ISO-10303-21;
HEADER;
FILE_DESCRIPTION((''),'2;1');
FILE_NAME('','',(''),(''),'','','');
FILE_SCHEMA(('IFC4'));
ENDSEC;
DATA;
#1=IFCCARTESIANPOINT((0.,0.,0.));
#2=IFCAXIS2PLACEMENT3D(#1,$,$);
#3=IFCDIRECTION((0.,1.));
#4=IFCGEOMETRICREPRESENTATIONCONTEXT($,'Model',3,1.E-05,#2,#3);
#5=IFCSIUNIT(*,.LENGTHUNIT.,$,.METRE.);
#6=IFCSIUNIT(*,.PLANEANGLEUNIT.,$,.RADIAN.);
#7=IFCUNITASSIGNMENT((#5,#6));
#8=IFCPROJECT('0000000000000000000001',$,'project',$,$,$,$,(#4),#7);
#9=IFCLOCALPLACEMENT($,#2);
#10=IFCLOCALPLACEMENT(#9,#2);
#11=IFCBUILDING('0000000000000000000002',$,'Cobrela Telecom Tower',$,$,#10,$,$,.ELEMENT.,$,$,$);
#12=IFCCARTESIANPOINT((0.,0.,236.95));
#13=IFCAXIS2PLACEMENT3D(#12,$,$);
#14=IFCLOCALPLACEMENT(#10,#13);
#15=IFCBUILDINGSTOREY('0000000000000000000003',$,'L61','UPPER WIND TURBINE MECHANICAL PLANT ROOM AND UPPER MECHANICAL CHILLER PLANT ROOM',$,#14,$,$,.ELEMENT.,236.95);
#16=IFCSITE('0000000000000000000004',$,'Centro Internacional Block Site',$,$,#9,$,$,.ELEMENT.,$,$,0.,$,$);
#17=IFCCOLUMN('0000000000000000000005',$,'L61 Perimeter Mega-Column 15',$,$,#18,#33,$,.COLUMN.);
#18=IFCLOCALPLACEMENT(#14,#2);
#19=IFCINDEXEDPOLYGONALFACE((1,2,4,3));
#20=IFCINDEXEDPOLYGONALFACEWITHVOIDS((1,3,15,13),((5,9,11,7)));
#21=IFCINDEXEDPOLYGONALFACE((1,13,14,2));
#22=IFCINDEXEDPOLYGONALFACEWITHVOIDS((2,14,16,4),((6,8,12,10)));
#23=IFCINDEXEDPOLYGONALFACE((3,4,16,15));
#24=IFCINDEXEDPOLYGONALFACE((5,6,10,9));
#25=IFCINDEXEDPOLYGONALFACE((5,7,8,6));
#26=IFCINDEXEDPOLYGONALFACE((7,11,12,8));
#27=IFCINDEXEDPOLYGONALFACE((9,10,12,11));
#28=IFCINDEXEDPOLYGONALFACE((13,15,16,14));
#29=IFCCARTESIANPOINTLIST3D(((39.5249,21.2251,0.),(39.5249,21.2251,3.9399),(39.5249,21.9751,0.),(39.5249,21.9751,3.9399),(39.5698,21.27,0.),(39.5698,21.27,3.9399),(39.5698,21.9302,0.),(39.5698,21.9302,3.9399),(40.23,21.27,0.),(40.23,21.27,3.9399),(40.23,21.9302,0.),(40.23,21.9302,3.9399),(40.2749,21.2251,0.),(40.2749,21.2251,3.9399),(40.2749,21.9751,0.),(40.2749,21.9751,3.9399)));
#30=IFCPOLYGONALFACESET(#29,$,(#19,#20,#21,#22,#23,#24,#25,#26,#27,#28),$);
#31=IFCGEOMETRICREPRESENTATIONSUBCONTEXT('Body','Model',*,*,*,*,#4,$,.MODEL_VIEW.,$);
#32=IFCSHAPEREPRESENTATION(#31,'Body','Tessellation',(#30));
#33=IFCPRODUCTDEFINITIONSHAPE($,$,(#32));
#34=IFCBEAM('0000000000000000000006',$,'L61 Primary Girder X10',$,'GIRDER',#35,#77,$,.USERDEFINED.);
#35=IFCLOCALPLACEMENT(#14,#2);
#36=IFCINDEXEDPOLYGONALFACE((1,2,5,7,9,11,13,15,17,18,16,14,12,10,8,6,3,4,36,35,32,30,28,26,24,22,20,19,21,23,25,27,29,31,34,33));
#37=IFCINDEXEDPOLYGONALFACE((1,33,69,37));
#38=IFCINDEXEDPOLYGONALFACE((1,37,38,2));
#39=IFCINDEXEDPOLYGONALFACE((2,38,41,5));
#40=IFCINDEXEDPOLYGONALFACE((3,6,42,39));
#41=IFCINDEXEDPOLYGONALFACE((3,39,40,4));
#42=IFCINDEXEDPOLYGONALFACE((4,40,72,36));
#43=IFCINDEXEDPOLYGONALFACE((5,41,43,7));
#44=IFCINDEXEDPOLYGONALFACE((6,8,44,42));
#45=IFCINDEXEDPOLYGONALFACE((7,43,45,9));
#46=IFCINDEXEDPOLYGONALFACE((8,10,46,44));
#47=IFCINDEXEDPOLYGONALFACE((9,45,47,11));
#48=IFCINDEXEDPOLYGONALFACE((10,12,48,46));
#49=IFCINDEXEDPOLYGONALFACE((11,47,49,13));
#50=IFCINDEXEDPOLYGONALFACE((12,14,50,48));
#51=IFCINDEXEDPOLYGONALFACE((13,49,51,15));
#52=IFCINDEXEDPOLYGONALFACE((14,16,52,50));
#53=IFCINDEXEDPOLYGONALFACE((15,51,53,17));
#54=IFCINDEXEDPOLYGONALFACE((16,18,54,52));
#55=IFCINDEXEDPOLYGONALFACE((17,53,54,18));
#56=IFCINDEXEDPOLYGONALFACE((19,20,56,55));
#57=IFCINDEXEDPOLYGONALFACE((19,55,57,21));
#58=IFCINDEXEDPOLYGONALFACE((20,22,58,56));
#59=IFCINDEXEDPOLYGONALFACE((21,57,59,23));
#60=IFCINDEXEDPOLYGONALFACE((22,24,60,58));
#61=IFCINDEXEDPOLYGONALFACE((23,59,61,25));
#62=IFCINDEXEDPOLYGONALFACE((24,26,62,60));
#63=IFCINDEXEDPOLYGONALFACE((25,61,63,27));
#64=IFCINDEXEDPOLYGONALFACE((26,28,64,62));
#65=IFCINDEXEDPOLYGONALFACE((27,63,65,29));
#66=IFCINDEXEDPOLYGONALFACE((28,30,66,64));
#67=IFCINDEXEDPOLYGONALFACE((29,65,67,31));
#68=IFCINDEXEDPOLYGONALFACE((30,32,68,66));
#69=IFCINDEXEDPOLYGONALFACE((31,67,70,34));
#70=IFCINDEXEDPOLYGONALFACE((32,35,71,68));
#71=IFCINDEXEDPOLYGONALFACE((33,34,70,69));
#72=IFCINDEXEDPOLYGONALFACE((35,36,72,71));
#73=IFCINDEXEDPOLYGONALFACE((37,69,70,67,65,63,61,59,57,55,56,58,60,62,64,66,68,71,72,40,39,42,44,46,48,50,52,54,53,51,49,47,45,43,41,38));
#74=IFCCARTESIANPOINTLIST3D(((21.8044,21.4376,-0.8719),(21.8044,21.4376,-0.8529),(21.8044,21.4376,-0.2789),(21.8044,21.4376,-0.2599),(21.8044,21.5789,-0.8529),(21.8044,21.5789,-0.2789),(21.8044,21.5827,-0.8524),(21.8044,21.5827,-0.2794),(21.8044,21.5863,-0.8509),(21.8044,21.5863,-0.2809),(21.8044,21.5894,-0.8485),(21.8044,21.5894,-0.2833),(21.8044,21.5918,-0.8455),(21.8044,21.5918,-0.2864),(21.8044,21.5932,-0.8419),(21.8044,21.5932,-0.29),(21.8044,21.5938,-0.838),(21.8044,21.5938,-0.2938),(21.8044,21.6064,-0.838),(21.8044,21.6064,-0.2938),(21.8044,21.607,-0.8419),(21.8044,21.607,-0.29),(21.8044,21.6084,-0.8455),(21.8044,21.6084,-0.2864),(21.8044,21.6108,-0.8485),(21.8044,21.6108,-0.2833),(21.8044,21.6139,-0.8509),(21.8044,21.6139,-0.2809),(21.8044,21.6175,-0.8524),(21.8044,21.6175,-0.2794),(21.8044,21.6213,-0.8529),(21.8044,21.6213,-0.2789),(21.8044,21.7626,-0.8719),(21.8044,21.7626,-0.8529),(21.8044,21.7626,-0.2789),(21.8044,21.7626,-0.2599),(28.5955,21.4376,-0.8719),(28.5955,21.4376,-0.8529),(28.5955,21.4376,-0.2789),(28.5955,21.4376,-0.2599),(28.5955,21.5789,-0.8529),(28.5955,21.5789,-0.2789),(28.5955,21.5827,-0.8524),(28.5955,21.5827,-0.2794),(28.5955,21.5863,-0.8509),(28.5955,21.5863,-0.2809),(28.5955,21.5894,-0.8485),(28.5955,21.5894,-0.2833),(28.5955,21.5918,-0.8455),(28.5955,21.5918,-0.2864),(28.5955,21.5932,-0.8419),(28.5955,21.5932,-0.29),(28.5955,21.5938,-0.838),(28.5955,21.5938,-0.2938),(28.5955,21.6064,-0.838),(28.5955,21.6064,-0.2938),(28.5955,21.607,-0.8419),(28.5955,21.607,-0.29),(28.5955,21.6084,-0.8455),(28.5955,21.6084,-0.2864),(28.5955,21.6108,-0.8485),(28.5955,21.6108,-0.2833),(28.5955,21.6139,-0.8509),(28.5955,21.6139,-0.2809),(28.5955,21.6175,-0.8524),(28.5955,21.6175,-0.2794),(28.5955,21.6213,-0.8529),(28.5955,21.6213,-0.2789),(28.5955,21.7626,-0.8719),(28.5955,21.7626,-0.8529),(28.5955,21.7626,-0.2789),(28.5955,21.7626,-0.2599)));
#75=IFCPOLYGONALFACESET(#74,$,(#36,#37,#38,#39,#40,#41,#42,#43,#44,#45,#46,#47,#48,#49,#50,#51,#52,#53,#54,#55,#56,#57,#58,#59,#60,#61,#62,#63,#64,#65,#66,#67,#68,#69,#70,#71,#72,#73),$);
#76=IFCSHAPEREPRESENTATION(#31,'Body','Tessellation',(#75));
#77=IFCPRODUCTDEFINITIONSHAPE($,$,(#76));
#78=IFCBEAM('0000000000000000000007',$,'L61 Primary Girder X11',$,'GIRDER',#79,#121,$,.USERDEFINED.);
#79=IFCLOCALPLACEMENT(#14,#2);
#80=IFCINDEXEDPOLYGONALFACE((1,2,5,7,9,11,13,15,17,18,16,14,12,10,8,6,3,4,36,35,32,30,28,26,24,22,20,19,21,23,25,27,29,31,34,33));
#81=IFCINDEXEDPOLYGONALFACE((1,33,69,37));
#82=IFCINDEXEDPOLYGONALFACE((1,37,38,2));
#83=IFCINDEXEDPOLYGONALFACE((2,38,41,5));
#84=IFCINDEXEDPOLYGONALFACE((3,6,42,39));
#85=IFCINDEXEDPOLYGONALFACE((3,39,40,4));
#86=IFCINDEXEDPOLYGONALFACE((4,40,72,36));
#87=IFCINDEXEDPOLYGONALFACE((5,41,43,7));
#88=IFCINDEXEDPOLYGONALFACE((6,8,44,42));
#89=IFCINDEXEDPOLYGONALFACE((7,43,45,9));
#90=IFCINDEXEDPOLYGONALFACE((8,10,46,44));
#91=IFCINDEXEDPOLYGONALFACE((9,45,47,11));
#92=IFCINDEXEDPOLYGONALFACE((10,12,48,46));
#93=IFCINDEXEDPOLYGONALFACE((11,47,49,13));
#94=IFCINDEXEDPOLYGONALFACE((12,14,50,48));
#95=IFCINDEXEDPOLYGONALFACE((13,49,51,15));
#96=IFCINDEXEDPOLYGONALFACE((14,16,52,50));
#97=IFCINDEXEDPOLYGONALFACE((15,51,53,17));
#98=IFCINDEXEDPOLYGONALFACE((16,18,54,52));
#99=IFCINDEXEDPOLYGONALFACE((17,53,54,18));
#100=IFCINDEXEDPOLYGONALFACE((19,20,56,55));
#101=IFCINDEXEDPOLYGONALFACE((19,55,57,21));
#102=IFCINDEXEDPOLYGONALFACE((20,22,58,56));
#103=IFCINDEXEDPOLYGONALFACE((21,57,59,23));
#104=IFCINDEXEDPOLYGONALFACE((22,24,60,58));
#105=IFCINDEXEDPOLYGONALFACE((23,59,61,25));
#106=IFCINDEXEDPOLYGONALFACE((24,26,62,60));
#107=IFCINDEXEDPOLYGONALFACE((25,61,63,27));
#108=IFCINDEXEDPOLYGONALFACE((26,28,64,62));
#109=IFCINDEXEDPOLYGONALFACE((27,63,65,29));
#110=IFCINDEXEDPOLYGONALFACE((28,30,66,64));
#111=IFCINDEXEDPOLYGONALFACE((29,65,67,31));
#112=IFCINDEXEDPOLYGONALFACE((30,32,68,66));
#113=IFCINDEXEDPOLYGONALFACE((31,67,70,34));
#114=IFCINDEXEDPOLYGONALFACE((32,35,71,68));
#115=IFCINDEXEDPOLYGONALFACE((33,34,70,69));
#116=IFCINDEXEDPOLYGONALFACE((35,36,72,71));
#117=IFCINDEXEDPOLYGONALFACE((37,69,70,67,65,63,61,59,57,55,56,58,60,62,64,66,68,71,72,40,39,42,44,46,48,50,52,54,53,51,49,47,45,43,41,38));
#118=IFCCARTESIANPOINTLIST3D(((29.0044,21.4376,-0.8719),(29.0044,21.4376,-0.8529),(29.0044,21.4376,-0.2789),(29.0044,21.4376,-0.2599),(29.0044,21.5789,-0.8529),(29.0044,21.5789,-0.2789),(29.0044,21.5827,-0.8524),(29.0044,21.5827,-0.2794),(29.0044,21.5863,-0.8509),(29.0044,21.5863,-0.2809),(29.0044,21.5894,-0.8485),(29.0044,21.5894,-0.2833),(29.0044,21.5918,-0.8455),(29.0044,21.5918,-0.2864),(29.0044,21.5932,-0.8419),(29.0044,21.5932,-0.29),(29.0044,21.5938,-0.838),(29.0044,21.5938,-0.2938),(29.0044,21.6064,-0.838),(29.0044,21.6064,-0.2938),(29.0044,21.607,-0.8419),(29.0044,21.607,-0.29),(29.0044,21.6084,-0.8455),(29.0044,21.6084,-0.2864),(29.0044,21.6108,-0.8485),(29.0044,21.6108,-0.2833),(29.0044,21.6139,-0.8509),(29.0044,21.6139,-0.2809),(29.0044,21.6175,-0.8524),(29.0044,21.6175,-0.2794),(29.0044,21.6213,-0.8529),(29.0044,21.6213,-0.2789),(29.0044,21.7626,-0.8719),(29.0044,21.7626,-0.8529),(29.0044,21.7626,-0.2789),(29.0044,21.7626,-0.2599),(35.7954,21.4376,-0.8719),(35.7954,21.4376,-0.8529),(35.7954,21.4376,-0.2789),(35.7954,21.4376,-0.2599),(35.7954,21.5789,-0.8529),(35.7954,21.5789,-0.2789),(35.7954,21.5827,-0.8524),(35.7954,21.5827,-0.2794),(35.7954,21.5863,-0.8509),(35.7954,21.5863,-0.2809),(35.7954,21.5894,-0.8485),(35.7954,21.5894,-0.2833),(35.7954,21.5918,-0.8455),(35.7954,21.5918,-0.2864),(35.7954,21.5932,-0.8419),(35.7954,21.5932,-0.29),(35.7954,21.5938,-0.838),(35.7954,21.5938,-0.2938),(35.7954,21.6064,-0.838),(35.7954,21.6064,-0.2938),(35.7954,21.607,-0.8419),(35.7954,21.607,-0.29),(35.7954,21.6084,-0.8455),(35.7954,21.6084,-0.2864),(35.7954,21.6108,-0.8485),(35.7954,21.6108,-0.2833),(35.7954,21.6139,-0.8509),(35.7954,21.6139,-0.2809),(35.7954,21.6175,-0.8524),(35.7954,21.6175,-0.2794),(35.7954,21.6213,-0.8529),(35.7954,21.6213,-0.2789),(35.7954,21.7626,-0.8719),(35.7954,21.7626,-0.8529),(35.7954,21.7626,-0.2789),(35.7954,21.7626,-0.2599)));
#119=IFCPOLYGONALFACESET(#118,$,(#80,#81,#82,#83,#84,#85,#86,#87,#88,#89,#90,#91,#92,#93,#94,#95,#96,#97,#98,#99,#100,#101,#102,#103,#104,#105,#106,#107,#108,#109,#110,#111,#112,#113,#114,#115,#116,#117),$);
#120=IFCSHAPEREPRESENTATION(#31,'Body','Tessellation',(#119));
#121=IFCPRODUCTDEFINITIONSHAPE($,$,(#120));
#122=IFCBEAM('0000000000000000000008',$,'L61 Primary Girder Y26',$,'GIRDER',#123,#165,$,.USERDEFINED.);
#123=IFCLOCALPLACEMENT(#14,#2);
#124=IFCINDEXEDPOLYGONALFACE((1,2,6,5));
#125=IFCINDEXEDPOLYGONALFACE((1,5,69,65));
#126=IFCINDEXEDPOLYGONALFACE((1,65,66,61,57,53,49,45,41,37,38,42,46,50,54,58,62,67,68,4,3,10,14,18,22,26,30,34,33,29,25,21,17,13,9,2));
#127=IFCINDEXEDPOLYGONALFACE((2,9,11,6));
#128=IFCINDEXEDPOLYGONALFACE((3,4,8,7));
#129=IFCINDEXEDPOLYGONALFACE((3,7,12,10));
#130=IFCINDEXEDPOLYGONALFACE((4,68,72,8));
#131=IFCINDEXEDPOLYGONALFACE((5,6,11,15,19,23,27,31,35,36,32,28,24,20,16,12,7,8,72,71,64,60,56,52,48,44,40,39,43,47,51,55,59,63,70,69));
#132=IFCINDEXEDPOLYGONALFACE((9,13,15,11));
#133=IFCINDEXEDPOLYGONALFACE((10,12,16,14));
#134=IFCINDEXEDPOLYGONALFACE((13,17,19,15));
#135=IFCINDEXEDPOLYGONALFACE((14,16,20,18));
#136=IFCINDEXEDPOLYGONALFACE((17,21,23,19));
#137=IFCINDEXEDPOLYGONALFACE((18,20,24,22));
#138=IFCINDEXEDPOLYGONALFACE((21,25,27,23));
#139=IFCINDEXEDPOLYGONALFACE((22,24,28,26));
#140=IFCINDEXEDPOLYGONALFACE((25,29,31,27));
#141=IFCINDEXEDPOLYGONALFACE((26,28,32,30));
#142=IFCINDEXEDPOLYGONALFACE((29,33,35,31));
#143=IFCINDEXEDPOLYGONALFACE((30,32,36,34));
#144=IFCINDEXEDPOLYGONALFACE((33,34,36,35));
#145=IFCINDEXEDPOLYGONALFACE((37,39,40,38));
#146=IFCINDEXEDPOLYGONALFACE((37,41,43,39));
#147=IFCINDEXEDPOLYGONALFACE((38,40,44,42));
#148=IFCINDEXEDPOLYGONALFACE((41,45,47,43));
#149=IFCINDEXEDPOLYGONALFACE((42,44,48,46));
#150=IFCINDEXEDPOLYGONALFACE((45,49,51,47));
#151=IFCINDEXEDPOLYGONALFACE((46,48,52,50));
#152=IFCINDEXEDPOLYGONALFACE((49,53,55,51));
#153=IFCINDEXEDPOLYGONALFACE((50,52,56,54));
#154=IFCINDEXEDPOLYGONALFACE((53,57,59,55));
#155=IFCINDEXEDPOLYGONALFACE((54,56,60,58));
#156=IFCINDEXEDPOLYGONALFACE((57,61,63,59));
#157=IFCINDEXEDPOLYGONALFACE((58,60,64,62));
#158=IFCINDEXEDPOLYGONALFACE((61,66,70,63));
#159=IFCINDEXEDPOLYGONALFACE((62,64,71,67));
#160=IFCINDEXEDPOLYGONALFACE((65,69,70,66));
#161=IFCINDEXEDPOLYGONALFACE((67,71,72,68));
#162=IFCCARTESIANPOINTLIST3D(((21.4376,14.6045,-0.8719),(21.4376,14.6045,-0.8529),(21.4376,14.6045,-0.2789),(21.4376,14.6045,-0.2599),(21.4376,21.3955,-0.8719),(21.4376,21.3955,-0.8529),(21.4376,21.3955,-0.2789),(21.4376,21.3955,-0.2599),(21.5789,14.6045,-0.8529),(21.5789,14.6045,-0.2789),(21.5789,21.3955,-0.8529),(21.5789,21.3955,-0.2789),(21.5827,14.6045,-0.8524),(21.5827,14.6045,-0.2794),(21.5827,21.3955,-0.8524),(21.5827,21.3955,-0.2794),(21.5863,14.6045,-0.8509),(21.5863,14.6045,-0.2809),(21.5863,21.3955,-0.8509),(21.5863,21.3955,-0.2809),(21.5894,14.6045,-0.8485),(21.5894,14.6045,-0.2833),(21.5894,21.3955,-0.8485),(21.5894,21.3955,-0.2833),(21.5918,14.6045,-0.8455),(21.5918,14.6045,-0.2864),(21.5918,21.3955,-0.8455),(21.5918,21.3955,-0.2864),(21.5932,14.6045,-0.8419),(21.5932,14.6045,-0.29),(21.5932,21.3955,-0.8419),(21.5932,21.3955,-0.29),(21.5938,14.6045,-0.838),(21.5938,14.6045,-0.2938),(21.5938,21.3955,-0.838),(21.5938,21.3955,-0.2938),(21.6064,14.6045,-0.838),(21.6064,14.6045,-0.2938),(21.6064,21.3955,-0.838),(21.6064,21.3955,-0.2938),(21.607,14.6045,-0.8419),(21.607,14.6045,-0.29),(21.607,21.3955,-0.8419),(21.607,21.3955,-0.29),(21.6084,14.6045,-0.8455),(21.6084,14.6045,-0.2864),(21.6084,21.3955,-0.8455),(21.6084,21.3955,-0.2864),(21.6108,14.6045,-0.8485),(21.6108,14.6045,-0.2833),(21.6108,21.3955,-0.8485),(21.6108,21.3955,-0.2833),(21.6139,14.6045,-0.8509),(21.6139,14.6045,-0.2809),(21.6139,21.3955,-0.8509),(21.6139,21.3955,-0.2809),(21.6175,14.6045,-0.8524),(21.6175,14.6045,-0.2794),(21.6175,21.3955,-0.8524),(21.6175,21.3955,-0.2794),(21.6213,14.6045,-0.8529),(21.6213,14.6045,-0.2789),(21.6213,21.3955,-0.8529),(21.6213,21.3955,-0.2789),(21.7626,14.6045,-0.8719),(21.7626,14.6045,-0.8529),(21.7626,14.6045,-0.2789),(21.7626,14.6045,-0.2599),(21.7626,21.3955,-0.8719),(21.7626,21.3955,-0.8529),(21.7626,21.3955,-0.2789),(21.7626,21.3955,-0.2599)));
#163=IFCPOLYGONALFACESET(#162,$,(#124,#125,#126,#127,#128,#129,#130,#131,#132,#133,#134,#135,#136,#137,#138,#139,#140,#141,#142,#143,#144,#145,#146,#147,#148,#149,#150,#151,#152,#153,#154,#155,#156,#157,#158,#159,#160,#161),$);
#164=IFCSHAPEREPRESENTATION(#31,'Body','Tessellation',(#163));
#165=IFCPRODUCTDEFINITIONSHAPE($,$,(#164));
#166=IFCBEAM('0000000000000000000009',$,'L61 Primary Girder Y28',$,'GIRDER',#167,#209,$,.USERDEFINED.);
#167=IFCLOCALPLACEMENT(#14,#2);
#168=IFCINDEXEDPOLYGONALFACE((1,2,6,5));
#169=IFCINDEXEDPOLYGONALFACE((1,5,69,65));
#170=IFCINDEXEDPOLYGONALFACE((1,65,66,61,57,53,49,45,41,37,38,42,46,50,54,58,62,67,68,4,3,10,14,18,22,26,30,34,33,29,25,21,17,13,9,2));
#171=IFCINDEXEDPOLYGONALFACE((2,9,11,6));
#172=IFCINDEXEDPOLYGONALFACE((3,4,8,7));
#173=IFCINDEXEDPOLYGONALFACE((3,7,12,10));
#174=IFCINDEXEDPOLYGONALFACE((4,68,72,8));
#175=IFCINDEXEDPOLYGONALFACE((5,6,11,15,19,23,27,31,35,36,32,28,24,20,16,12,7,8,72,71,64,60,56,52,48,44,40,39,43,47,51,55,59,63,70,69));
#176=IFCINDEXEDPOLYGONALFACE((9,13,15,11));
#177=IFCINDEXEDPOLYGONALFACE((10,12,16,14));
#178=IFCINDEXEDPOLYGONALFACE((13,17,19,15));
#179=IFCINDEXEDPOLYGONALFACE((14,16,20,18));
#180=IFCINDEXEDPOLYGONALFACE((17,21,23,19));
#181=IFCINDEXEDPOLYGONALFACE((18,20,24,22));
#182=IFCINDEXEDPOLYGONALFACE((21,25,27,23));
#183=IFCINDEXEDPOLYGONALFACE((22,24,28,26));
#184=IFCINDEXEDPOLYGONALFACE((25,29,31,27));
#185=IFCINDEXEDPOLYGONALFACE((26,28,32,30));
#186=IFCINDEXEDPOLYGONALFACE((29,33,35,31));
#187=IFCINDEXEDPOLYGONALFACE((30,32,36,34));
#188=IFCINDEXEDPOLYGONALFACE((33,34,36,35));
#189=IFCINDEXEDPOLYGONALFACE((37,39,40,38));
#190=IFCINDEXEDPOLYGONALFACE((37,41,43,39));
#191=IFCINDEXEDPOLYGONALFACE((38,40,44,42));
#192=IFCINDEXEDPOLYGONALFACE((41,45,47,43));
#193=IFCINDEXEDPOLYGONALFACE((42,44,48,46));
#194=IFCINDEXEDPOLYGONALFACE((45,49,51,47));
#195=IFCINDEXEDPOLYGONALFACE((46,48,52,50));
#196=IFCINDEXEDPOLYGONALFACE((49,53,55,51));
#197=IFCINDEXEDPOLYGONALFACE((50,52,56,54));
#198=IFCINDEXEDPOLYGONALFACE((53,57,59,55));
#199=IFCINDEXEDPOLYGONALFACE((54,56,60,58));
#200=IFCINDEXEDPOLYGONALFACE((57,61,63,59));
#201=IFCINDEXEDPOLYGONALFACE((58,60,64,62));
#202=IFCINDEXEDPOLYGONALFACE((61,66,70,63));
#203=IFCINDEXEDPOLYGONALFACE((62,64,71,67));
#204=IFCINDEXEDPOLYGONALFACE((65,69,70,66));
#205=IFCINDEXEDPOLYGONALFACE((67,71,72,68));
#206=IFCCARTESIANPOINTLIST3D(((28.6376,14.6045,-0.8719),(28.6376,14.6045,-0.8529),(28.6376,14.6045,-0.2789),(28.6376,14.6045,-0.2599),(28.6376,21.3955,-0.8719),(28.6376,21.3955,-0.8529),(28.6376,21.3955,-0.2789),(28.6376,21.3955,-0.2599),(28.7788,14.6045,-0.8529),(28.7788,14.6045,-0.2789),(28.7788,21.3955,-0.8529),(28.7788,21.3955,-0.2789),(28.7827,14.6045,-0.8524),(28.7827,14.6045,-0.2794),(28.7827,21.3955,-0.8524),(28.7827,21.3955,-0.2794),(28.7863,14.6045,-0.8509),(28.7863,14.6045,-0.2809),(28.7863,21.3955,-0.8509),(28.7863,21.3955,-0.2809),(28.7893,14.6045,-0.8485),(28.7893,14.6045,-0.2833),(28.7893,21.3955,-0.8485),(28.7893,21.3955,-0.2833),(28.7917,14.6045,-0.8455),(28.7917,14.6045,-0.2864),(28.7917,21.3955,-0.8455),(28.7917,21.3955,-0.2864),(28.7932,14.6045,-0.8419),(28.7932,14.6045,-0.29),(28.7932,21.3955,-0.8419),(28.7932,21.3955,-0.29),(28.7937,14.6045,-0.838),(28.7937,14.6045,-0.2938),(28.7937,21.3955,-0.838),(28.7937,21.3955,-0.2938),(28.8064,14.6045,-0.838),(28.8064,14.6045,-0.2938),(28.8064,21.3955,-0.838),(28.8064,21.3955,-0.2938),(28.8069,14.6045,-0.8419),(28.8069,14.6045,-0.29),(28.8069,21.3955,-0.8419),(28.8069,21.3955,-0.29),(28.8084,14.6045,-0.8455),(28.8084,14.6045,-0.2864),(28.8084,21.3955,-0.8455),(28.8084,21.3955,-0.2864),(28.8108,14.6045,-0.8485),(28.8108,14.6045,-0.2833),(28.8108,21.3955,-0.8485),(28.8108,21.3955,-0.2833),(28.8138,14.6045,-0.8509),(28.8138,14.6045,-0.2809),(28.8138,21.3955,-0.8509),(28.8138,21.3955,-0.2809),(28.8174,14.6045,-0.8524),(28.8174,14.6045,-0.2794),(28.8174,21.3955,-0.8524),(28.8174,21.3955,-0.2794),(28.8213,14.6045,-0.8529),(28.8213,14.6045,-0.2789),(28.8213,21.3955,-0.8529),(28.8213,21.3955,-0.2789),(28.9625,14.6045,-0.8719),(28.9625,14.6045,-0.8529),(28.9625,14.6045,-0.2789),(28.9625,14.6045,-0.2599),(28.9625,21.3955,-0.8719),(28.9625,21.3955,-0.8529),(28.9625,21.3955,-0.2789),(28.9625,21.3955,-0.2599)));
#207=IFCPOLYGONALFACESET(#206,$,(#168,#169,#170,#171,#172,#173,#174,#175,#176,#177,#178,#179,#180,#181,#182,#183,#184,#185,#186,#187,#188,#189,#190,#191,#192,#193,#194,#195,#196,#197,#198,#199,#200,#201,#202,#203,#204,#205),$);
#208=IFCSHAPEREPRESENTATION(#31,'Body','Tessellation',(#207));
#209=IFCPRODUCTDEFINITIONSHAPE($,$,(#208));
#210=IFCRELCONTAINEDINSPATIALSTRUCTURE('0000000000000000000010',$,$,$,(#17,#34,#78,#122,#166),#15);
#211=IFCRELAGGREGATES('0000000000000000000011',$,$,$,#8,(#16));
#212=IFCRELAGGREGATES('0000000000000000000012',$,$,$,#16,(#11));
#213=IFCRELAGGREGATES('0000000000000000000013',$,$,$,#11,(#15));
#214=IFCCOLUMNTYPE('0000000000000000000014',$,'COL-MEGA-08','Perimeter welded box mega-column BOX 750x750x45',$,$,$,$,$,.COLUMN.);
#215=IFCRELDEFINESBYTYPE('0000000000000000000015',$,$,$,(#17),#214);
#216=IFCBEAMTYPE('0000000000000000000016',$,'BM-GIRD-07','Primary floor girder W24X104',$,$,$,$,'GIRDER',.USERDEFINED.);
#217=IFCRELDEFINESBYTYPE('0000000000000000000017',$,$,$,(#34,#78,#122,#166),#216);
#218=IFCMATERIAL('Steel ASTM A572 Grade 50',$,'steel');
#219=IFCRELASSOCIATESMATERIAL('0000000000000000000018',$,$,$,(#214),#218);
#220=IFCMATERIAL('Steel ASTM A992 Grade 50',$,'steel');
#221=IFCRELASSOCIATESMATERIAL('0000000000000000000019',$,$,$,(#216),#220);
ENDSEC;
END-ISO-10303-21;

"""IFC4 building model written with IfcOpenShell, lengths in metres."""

from ifc_helpers import new_model, si_unit, direction, frame, origin, origin_2d, place, context, subcontext, project, spatial, hollow_rectangle, i_section, extrude, material, material_profile, profile_set, type_object, element, save


model = new_model("IFC4")

# Units and contexts
model_context = context("Model", 3, precision=1e-05, world=origin(), true_north=direction((0.0, 1.0)))
body_context = subcontext(model_context, "Body", "Model", "MODEL_VIEW")
ifc_project = project(units=[si_unit("LENGTHUNIT", "METRE"), si_unit("PLANEANGLEUNIT", "RADIAN")], contexts=[model_context])

# Site, building, storey
site_placement = place(None, origin())
site = spatial("IfcSite", under=ifc_project, at=site_placement, Name="Centro Internacional Block Site", CompositionType="ELEMENT", RefElevation=0.0)
building_placement = place(site_placement, origin())
building = spatial("IfcBuilding", under=site, at=building_placement, Name="Cobrela Telecom Tower", CompositionType="ELEMENT")
storey_placement = place(building_placement, frame((0.0, 0.0, 236.95)))
storey = spatial("IfcBuildingStorey", under=building, at=storey_placement, Name="L61", Description="UPPER WIND TURBINE MECHANICAL PLANT ROOM AND UPPER MECHANICAL CHILLER PLANT ROOM", CompositionType="ELEMENT", Elevation=236.95)

# Column
ifc_material_1 = material(Name="Steel ASTM A572 Grade 50", Category="steel")
ifc_material_2 = material(Name="Steel ASTM A992 Grade 50", Category="steel")
ifc_material_profile_1 = material_profile(ifc_material_1, hollow_rectangle(XDim=0.75, YDim=0.75, WallThickness=0.0449, at=origin_2d()), Name="BOX 750x750x45")
ifc_profile_set_1 = profile_set([ifc_material_profile_1], Name="Steel ASTM A572 Grade 50")
column_type_1 = type_object("IfcColumnType", Name="COL-MEGA-08", Description="Perimeter welded box mega-column BOX 750x750x45", PredefinedType="COLUMN", material=ifc_profile_set_1)
for number, where, z_axis, x_axis, name in (
    (1, (39.8999, 21.6001, 0.0), (0.0, 0.0, 1.0), (1.0, 0.0, 0.0), "L61 Perimeter Mega-Column 15"),
):
    element("IfcColumn", number, at=place(storey_placement, frame(where, z_axis=z_axis, x_axis=x_axis)), inside=storey, type_object=column_type_1, Name=name, PredefinedType="COLUMN", context=body_context, shape_type="SweptSolid", body=[
        extrude(hollow_rectangle(XDim=0.75, YDim=0.75, WallThickness=0.0449, at=origin_2d()), origin(), (0.0, 0.0, 1.0), 3.9399),
    ])

# Beams
ifc_material_profile_2 = material_profile(ifc_material_2, i_section(OverallWidth=0.325, OverallDepth=0.6121, WebThickness=0.0127, FlangeThickness=0.019, FilletRadius=0.0149, at=origin_2d()), Name="W24X104")
ifc_profile_set_2 = profile_set([ifc_material_profile_2], Name="Steel ASTM A992 Grade 50")
beam_type_1 = type_object("IfcBeamType", Name="BM-GIRD-07", Description="Primary floor girder W24X104", ElementType="GIRDER", PredefinedType="USERDEFINED", material=ifc_profile_set_2)
for number, where, z_axis, x_axis, name in (
    (2, (21.8044, 21.6001, -0.5659), (1.0, 0.0, 0.0), (0.0, 1.0, 0.0), "L61 Primary Girder X10"),
    (3, (29.0044, 21.6001, -0.5659), (1.0, 0.0, 0.0), (0.0, 1.0, 0.0), "L61 Primary Girder X11"),
    (4, (21.6001, 14.6045, -0.5659), (0.0, 1.0, 0.0), (-1.0, 0.0, 0.0), "L61 Primary Girder Y26"),
    (5, (28.8, 14.6045, -0.5659), (0.0, 1.0, 0.0), (-1.0, 0.0, 0.0), "L61 Primary Girder Y28"),
):
    element("IfcBeam", number, at=place(storey_placement, frame(where, z_axis=z_axis, x_axis=x_axis)), inside=storey, type_object=beam_type_1, Name=name, ObjectType="GIRDER", PredefinedType="USERDEFINED", context=body_context, shape_type="SweptSolid", body=[
        extrude(i_section(OverallWidth=0.325, OverallDepth=0.6121, WebThickness=0.0127, FlangeThickness=0.019, FilletRadius=0.0149, at=origin_2d()), origin(), (0.0, 0.0, 1.0), 6.791),
    ])

save(model, "model.ifc")
